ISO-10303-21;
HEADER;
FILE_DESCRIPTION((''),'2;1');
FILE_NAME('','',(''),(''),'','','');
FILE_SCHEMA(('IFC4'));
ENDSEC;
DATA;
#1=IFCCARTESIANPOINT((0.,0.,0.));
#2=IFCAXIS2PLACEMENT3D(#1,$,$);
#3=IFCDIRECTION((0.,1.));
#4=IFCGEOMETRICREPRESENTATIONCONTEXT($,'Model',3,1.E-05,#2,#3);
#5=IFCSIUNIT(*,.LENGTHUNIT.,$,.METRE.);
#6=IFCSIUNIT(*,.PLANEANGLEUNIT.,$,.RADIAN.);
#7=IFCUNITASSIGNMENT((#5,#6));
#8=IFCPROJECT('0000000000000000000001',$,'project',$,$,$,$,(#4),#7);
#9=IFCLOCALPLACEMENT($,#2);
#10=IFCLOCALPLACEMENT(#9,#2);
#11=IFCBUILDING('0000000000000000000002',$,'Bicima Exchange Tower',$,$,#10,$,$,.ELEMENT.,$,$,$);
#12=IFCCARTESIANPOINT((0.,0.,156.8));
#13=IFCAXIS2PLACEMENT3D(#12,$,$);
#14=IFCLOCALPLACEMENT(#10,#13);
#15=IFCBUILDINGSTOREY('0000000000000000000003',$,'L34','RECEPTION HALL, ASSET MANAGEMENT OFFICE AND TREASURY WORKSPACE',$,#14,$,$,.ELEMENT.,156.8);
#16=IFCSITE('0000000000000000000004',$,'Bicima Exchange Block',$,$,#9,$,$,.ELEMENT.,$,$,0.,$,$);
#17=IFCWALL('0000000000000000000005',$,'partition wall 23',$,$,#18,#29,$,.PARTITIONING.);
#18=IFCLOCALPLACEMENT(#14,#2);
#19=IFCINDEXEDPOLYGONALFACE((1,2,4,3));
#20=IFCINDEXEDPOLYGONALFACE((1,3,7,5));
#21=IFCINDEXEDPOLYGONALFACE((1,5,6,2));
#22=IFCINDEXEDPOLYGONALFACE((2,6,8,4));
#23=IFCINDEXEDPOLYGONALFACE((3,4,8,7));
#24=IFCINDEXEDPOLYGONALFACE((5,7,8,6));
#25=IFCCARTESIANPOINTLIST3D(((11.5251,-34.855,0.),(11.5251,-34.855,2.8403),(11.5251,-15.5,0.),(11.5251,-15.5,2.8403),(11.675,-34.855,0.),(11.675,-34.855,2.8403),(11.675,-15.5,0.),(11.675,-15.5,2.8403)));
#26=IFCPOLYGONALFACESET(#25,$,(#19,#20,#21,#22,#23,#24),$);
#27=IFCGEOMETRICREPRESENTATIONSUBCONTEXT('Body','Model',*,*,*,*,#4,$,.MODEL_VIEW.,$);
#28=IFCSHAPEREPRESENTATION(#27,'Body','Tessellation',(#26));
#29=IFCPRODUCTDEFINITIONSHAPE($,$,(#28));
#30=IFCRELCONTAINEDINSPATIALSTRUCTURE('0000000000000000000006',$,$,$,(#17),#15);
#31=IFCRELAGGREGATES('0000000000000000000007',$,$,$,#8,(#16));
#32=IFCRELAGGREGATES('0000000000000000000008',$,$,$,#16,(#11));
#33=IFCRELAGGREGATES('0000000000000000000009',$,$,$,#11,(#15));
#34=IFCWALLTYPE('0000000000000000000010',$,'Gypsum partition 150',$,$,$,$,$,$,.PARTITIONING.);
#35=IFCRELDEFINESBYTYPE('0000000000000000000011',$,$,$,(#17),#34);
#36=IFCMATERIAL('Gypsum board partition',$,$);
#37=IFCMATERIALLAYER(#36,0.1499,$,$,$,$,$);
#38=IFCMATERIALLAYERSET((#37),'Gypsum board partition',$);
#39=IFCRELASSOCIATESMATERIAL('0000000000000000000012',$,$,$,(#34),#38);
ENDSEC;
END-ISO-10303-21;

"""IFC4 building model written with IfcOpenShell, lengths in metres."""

from ifc_helpers import new_model, si_unit, direction, frame, frame_2d, origin, place, context, subcontext, project, spatial, rectangle, extrude, material, layer, layer_set, type_object, element, save


model = new_model("IFC4")

# Units and contexts
model_context = context("Model", 3, precision=1e-05, world=origin(), true_north=direction((0.0, 1.0)))
body_context = subcontext(model_context, "Body", "Model", "MODEL_VIEW")
ifc_project = project(units=[si_unit("LENGTHUNIT", "METRE"), si_unit("PLANEANGLEUNIT", "RADIAN")], contexts=[model_context])

# Site, building, storey
site_placement = place(None, origin())
site = spatial("IfcSite", under=ifc_project, at=site_placement, Name="Bicima Exchange Block", CompositionType="ELEMENT", RefElevation=0.0)
building_placement = place(site_placement, origin())
building = spatial("IfcBuilding", under=site, at=building_placement, Name="Bicima Exchange Tower", CompositionType="ELEMENT")
storey_placement = place(building_placement, frame((0.0, 0.0, 156.8)))
storey = spatial("IfcBuildingStorey", under=building, at=storey_placement, Name="L34", Description="RECEPTION HALL, ASSET MANAGEMENT OFFICE AND TREASURY WORKSPACE", CompositionType="ELEMENT", Elevation=156.8)

# Wall
ifc_material_1 = material(Name="Gypsum board partition")
ifc_layer_1 = layer(ifc_material_1, 0.1499)
ifc_layer_set_1 = layer_set([ifc_layer_1], Name="Gypsum board partition")
wall_type = type_object("IfcWallType", Name="Gypsum partition 150", PredefinedType="PARTITIONING", material=ifc_layer_set_1)
wall_placement = place(storey_placement, frame((11.6001, -34.855, 0.0), z_axis=(0.0, 0.0, 1.0), x_axis=(0.0, 1.0, 0.0)))
element("IfcWall", 1, at=wall_placement, inside=storey, type_object=wall_type, Name="partition wall 23", PredefinedType="PARTITIONING", context=body_context, shape_type="SweptSolid", body=[
    extrude(rectangle(XDim=19.355, YDim=0.1499, at=frame_2d((9.6775, 0.0))), origin(), (0.0, 0.0, 1.0), 2.8403),
])

save(model, "model.ifc")
